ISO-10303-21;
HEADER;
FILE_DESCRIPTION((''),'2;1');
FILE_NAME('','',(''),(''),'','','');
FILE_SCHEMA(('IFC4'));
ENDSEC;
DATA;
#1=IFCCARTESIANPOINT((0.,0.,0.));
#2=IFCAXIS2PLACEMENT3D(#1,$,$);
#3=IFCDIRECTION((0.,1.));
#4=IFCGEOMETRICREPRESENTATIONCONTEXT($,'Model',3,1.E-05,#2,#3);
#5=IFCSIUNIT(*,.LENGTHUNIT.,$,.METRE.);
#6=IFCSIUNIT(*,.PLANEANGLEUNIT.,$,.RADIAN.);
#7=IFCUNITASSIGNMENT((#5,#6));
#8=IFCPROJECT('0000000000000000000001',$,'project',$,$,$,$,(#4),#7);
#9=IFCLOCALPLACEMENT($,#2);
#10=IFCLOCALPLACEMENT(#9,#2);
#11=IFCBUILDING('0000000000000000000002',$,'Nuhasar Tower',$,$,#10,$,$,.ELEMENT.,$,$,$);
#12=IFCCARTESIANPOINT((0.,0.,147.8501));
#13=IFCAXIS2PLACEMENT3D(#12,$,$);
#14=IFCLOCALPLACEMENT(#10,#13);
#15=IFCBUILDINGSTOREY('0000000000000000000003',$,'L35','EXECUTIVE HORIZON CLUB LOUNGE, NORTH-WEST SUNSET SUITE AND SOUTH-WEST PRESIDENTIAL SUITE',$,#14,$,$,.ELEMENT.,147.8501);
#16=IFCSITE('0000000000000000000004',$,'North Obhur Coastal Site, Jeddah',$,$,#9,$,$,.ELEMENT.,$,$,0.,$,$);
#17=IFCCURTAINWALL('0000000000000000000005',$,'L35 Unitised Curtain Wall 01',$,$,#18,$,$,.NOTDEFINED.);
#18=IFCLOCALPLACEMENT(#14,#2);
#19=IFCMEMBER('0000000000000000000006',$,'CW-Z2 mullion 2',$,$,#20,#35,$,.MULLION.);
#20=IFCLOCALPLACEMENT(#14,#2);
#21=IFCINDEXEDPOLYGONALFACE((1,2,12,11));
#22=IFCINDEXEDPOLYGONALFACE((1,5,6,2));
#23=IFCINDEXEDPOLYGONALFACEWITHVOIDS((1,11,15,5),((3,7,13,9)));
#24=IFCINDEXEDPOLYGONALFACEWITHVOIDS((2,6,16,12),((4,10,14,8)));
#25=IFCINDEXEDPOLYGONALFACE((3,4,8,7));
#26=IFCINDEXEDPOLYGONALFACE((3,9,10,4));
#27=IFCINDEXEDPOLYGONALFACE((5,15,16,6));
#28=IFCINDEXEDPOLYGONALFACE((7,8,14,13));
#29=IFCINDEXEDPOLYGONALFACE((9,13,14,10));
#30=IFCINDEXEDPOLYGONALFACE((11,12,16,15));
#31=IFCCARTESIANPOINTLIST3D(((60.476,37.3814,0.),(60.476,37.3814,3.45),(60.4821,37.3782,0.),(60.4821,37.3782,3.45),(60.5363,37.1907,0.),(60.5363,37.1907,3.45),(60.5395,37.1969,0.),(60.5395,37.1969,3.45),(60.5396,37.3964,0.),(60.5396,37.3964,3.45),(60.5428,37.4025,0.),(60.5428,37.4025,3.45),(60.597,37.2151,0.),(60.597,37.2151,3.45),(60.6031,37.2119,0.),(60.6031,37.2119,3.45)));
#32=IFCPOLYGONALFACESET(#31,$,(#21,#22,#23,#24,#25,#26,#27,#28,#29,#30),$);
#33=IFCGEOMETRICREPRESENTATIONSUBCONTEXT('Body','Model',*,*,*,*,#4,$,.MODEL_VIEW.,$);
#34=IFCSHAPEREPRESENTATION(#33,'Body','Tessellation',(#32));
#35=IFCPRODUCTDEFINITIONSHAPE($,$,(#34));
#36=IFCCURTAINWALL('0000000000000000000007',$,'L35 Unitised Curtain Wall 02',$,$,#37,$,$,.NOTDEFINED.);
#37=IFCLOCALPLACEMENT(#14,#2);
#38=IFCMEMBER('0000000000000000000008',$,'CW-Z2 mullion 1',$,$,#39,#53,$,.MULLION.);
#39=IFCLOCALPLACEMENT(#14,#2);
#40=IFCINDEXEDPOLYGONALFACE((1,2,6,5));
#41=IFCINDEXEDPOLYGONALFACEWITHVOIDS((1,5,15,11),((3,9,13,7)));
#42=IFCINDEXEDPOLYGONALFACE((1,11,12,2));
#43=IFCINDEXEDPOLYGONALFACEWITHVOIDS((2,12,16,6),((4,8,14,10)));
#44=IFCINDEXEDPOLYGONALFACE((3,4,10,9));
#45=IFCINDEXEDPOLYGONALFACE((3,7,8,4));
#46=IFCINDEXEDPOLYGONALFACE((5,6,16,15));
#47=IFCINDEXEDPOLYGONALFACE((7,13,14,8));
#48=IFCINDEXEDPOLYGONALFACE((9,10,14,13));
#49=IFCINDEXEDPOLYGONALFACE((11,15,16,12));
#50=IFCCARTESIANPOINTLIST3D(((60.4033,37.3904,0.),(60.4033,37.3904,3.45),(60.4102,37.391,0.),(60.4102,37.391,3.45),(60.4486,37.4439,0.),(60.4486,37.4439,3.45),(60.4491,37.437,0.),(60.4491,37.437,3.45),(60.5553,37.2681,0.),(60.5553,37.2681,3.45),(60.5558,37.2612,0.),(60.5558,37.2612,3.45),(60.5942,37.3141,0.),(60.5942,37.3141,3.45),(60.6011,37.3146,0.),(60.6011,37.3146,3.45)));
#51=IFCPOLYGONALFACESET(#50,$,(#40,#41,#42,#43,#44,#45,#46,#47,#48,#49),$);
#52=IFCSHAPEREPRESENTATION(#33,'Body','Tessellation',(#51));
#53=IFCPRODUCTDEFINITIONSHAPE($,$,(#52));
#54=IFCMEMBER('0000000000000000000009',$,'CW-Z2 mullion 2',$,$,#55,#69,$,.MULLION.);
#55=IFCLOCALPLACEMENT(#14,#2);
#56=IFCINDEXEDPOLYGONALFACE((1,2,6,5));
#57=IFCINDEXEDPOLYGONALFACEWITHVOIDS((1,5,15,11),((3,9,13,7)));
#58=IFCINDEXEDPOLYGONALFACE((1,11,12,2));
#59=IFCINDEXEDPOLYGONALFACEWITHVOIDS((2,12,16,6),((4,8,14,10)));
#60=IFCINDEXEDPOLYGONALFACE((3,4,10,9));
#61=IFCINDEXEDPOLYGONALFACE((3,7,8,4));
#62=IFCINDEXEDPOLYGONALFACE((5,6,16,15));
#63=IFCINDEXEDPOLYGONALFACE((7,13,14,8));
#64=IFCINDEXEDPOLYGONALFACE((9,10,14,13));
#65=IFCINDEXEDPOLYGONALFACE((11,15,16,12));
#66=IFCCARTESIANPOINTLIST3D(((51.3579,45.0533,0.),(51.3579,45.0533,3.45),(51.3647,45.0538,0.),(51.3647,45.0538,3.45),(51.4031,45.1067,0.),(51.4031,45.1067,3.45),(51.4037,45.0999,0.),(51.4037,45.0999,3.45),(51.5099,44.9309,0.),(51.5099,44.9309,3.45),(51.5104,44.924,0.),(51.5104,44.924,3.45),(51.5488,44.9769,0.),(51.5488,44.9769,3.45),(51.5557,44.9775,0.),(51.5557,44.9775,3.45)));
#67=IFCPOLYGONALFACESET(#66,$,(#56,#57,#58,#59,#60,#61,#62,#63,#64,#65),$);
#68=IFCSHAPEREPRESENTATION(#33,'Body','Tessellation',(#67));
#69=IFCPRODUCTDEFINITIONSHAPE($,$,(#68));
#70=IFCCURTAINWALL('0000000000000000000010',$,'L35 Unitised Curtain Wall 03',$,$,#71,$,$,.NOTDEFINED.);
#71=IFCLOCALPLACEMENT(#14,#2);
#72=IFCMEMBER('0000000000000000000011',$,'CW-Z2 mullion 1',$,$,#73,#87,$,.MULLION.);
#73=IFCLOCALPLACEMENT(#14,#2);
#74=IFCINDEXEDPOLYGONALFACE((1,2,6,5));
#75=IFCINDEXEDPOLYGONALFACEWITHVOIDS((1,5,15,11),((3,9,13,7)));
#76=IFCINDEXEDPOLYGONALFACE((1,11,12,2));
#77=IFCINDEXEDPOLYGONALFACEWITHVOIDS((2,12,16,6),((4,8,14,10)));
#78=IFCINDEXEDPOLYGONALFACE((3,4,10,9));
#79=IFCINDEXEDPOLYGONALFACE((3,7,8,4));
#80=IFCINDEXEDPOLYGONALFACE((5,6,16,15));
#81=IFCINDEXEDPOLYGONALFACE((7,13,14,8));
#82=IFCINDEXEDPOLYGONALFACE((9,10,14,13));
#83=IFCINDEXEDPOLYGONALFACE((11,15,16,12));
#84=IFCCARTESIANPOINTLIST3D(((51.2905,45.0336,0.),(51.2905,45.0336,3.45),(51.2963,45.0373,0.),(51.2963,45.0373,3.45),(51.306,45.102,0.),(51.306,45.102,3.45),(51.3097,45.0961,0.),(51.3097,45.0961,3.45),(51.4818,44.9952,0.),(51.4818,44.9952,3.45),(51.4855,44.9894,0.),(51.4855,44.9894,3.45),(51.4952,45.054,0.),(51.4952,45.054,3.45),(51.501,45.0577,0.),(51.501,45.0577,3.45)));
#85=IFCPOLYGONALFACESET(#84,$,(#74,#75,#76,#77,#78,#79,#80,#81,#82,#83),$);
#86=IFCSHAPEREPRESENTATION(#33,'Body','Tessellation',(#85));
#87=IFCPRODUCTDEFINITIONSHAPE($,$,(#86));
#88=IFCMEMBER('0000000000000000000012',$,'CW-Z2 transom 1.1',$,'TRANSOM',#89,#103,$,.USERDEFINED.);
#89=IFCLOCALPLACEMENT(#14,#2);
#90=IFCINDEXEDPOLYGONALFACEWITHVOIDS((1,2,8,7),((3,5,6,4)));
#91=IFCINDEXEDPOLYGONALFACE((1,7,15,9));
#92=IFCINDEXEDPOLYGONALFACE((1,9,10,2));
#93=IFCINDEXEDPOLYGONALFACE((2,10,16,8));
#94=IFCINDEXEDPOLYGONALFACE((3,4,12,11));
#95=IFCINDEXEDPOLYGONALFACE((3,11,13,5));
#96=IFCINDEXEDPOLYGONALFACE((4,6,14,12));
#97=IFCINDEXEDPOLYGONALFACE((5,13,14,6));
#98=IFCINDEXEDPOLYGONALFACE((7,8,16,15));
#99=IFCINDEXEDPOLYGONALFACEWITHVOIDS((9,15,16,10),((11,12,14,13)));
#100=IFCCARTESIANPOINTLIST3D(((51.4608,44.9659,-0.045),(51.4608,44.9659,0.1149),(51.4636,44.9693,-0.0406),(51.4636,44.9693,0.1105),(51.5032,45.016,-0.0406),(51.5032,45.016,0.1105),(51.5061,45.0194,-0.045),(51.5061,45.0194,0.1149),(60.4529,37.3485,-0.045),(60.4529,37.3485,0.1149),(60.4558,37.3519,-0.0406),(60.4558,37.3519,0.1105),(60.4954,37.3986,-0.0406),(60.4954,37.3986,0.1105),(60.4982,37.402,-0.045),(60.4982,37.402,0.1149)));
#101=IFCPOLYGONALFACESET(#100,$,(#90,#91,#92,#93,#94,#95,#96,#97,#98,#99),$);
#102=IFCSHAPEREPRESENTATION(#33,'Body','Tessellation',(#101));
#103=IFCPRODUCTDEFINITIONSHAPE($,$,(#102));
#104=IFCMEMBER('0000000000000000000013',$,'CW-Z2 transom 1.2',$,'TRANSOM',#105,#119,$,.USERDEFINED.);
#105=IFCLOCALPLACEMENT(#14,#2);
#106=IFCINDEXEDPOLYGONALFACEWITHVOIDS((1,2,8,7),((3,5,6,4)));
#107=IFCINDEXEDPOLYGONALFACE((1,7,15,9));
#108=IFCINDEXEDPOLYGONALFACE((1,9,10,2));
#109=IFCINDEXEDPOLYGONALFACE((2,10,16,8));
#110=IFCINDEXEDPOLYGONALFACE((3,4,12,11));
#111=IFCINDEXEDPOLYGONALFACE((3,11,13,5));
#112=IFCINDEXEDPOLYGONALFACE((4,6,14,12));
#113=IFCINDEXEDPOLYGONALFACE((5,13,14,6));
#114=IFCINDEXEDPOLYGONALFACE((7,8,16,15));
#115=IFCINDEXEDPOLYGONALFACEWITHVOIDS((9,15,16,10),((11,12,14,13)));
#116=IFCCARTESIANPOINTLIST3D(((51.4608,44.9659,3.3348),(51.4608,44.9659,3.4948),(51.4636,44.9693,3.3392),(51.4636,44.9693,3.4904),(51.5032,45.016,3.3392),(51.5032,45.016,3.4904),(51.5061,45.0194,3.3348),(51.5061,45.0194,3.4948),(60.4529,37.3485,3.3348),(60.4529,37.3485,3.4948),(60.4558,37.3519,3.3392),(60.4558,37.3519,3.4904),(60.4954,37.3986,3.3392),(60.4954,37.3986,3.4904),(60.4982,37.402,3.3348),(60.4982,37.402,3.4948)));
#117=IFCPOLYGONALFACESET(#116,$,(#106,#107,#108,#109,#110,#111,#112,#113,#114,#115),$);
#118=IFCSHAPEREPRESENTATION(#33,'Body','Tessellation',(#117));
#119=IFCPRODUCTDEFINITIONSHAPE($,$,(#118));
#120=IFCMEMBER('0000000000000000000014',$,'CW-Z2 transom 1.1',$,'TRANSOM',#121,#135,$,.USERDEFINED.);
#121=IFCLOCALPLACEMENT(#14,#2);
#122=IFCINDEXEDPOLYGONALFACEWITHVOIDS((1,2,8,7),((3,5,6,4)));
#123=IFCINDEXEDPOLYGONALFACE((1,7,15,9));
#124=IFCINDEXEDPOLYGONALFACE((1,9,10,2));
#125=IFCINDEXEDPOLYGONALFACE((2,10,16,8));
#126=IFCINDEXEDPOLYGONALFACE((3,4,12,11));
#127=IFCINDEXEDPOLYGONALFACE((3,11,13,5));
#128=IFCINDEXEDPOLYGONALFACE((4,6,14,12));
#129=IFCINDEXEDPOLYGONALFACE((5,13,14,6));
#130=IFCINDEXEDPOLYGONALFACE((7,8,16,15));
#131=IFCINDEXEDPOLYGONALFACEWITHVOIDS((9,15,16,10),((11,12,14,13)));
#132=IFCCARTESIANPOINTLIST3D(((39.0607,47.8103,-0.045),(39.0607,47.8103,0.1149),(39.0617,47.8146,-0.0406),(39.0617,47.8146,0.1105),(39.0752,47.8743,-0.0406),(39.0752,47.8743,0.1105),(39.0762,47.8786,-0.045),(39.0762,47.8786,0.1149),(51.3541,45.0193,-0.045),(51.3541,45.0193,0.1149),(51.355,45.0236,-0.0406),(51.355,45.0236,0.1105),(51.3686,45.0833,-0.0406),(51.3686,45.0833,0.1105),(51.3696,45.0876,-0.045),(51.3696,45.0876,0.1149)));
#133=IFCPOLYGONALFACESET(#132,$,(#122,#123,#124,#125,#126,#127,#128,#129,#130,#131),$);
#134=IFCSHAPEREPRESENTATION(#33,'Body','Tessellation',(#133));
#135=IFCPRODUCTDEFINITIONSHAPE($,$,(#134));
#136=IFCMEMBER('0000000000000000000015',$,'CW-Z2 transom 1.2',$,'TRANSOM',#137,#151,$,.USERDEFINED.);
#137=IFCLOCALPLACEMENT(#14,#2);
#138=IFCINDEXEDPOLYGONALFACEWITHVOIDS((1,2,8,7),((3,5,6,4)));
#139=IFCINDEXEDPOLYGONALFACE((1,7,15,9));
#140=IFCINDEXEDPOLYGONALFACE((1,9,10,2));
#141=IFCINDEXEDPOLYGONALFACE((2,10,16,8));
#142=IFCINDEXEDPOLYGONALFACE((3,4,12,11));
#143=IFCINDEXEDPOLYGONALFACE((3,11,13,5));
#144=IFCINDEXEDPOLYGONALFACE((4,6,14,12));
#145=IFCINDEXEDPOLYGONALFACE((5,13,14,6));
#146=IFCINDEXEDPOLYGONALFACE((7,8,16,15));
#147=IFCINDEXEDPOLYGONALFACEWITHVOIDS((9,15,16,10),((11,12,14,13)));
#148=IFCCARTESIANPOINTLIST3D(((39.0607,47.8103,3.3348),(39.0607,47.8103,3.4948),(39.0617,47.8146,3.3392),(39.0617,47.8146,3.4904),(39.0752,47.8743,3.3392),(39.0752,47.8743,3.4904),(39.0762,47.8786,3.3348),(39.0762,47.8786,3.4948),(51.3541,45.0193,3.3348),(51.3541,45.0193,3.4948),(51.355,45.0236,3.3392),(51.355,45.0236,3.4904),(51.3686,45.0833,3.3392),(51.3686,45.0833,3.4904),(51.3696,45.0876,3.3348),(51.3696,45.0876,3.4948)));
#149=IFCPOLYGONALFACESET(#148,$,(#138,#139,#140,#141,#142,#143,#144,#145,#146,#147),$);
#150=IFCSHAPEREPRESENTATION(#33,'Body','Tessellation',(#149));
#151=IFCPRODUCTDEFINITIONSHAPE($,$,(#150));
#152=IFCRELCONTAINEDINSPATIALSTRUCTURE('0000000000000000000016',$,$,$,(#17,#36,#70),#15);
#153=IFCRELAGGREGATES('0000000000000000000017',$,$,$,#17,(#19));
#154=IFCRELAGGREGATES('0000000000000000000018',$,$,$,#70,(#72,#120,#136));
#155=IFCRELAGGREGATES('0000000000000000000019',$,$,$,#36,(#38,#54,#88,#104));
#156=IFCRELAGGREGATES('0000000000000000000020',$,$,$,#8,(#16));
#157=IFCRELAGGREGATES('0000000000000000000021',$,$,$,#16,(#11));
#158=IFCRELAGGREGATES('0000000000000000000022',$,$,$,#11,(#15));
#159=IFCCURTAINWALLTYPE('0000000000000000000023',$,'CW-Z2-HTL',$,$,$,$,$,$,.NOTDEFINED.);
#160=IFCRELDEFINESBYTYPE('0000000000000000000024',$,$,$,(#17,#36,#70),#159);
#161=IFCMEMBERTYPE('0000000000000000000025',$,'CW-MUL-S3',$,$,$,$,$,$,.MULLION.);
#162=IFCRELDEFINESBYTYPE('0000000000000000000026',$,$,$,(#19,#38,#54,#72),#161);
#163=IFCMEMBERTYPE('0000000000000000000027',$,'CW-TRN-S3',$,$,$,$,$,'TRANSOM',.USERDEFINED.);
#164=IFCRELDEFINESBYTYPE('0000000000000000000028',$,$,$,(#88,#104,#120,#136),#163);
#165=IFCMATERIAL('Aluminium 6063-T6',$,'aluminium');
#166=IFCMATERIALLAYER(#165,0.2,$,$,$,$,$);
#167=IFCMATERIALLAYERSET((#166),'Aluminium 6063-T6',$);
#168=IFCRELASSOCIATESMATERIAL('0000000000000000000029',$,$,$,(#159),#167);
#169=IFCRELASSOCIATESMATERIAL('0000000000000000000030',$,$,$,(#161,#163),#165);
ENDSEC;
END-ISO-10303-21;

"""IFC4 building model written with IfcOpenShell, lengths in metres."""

from ifc_helpers import new_model, si_unit, direction, frame, origin, origin_2d, place, context, subcontext, project, spatial, hollow_rectangle, extrude, material, layer, layer_set, material_profile, profile_set, type_object, element, aggregate, save


model = new_model("IFC4")

# Units and contexts
model_context = context("Model", 3, precision=1e-05, world=origin(), true_north=direction((0.0, 1.0)))
body_context = subcontext(model_context, "Body", "Model", "MODEL_VIEW")
ifc_project = project(units=[si_unit("LENGTHUNIT", "METRE"), si_unit("PLANEANGLEUNIT", "RADIAN")], contexts=[model_context])

# Site, building, storey
site_placement = place(None, origin())
site = spatial("IfcSite", under=ifc_project, at=site_placement, Name="North Obhur Coastal Site, Jeddah", CompositionType="ELEMENT", RefElevation=0.0)
building_placement = place(site_placement, origin())
building = spatial("IfcBuilding", under=site, at=building_placement, Name="Nuhasar Tower", CompositionType="ELEMENT")
storey_placement = place(building_placement, frame((0.0, 0.0, 147.8501)))
storey = spatial("IfcBuildingStorey", under=building, at=storey_placement, Name="L35", Description="EXECUTIVE HORIZON CLUB LOUNGE, NORTH-WEST SUNSET SUITE AND SOUTH-WEST PRESIDENTIAL SUITE", CompositionType="ELEMENT", Elevation=147.8501)

# Curtain wall, member
ifc_material_1 = material(Name="Aluminium 6063-T6", Category="aluminium")
ifc_layer_1 = layer(ifc_material_1, 0.2)
ifc_layer_set_1 = layer_set([ifc_layer_1], Name="Aluminium 6063-T6")
curtain_wall_type = type_object("IfcCurtainWallType", Name="CW-Z2-HTL", PredefinedType="NOTDEFINED", material=ifc_layer_set_1)
curtain_wall_1_placement = place(storey_placement, origin())
curtain_wall_1 = element("IfcCurtainWall", 1, at=curtain_wall_1_placement, inside=storey, type_object=curtain_wall_type, Name="L35 Unitised Curtain Wall 01", PredefinedType="NOTDEFINED")
ifc_material_profile_1 = material_profile(ifc_material_1, hollow_rectangle(XDim=0.0701, YDim=0.2, WallThickness=0.0049, at=origin_2d()), Name="CWM-3")
ifc_profile_set_1 = profile_set([ifc_material_profile_1], Name="Aluminium 6063-T6")
member_type_1 = type_object("IfcMemberType", Name="CW-MUL-S3", PredefinedType="MULLION", material=ifc_profile_set_1)
member_1_placement = place(storey_placement, frame((60.5396, 37.2966, 0.0), z_axis=(0.0, 0.0, 1.0), x_axis=(-0.953433, -0.301604, 0.0)))
member_1 = element("IfcMember", 2, at=member_1_placement, type_object=member_type_1, Name="CW-Z2 mullion 2", PredefinedType="MULLION", context=body_context, shape_type="SweptSolid", body=[
    extrude(hollow_rectangle(XDim=0.0701, YDim=0.2, WallThickness=0.0049, at=origin_2d()), origin(), (0.0, 0.0, 1.0), 3.45),
])
aggregate(curtain_wall_1, [member_1])

# Curtain wall, members
curtain_wall_2_placement = place(storey_placement, origin())
curtain_wall_2 = element("IfcCurtainWall", 3, at=curtain_wall_2_placement, inside=storey, type_object=curtain_wall_type, Name="L35 Unitised Curtain Wall 02", PredefinedType="NOTDEFINED")
member_2_placement = place(storey_placement, frame((60.5022, 37.3525, 0.0), z_axis=(0.0, 0.0, 1.0), x_axis=(-0.646374, -0.76302, 0.0)))
member_2 = element("IfcMember", 4, at=member_2_placement, type_object=member_type_1, Name="CW-Z2 mullion 1", PredefinedType="MULLION", context=body_context, shape_type="SweptSolid", body=[
    extrude(hollow_rectangle(XDim=0.0701, YDim=0.2, WallThickness=0.0049, at=origin_2d()), origin(), (0.0, 0.0, 1.0), 3.45),
])
member_3_placement = place(storey_placement, frame((51.4568, 45.0154, 0.0), z_axis=(0.0, 0.0, 1.0), x_axis=(-0.646374, -0.76302, 0.0)))
member_3 = element("IfcMember", 5, at=member_3_placement, type_object=member_type_1, Name="CW-Z2 mullion 2", PredefinedType="MULLION", context=body_context, shape_type="SweptSolid", body=[
    extrude(hollow_rectangle(XDim=0.0701, YDim=0.2, WallThickness=0.0049, at=origin_2d()), origin(), (0.0, 0.0, 1.0), 3.45),
])

# Curtain wall, member
curtain_wall_3_placement = place(storey_placement, origin())
curtain_wall_3 = element("IfcCurtainWall", 6, at=curtain_wall_3_placement, inside=storey, type_object=curtain_wall_type, Name="L35 Unitised Curtain Wall 03", PredefinedType="NOTDEFINED")
member_4_placement = place(storey_placement, frame((51.3958, 45.0457, 0.0), z_axis=(0.0, 0.0, 1.0), x_axis=(-0.221397, -0.975184, 0.0)))
member_4 = element("IfcMember", 7, at=member_4_placement, type_object=member_type_1, Name="CW-Z2 mullion 1", PredefinedType="MULLION", context=body_context, shape_type="SweptSolid", body=[
    extrude(hollow_rectangle(XDim=0.0701, YDim=0.2, WallThickness=0.0049, at=origin_2d()), origin(), (0.0, 0.0, 1.0), 3.45),
])

# Members
ifc_material_profile_2 = material_profile(ifc_material_1, hollow_rectangle(XDim=0.0701, YDim=0.1599, WallThickness=0.0044, at=origin_2d()), Name="CWT-3")
ifc_profile_set_2 = profile_set([ifc_material_profile_2], Name="Aluminium 6063-T6")
member_type_2 = type_object("IfcMemberType", Name="CW-TRN-S3", ElementType="TRANSOM", PredefinedType="USERDEFINED", material=ifc_profile_set_2)
member_5_placement = place(storey_placement, frame((60.4756, 37.3752, 0.0349), z_axis=(-0.763024, 0.64637, 0.0), x_axis=(-0.64637, -0.763024, 0.0)))
member_5 = element("IfcMember", 8, at=member_5_placement, type_object=member_type_2, Name="CW-Z2 transom 1.1", ObjectType="TRANSOM", PredefinedType="USERDEFINED", context=body_context, shape_type="SweptSolid", body=[
    extrude(hollow_rectangle(XDim=0.0701, YDim=0.1599, WallThickness=0.0044, at=origin_2d()), origin(), (0.0, 0.0, 1.0), 11.7849),
])
member_6_placement = place(storey_placement, frame((60.4756, 37.3752, 3.4148), z_axis=(-0.763024, 0.64637, 0.0), x_axis=(-0.64637, -0.763024, 0.0)))
member_6 = element("IfcMember", 9, at=member_6_placement, type_object=member_type_2, Name="CW-Z2 transom 1.2", ObjectType="TRANSOM", PredefinedType="USERDEFINED", context=body_context, shape_type="SweptSolid", body=[
    extrude(hollow_rectangle(XDim=0.0701, YDim=0.1599, WallThickness=0.0044, at=origin_2d()), origin(), (0.0, 0.0, 1.0), 11.7849),
])
member_7_placement = place(storey_placement, frame((51.3618, 45.0535, 0.0349), z_axis=(-0.975183, 0.221398, 0.0), x_axis=(-0.221398, -0.975183, 0.0)))
member_7 = element("IfcMember", 10, at=member_7_placement, type_object=member_type_2, Name="CW-Z2 transom 1.1", ObjectType="TRANSOM", PredefinedType="USERDEFINED", context=body_context, shape_type="SweptSolid", body=[
    extrude(hollow_rectangle(XDim=0.0701, YDim=0.1599, WallThickness=0.0044, at=origin_2d()), origin(), (0.0, 0.0, 1.0), 12.6062),
])
member_8_placement = place(storey_placement, frame((51.3618, 45.0535, 3.4148), z_axis=(-0.975183, 0.221398, 0.0), x_axis=(-0.221398, -0.975183, 0.0)))
member_8 = element("IfcMember", 11, at=member_8_placement, type_object=member_type_2, Name="CW-Z2 transom 1.2", ObjectType="TRANSOM", PredefinedType="USERDEFINED", context=body_context, shape_type="SweptSolid", body=[
    extrude(hollow_rectangle(XDim=0.0701, YDim=0.1599, WallThickness=0.0044, at=origin_2d()), origin(), (0.0, 0.0, 1.0), 12.6062),
])
aggregate(curtain_wall_3, [member_4, member_7, member_8])

aggregate(curtain_wall_2, [member_2, member_3, member_5, member_6])

save(model, "model.ifc")
